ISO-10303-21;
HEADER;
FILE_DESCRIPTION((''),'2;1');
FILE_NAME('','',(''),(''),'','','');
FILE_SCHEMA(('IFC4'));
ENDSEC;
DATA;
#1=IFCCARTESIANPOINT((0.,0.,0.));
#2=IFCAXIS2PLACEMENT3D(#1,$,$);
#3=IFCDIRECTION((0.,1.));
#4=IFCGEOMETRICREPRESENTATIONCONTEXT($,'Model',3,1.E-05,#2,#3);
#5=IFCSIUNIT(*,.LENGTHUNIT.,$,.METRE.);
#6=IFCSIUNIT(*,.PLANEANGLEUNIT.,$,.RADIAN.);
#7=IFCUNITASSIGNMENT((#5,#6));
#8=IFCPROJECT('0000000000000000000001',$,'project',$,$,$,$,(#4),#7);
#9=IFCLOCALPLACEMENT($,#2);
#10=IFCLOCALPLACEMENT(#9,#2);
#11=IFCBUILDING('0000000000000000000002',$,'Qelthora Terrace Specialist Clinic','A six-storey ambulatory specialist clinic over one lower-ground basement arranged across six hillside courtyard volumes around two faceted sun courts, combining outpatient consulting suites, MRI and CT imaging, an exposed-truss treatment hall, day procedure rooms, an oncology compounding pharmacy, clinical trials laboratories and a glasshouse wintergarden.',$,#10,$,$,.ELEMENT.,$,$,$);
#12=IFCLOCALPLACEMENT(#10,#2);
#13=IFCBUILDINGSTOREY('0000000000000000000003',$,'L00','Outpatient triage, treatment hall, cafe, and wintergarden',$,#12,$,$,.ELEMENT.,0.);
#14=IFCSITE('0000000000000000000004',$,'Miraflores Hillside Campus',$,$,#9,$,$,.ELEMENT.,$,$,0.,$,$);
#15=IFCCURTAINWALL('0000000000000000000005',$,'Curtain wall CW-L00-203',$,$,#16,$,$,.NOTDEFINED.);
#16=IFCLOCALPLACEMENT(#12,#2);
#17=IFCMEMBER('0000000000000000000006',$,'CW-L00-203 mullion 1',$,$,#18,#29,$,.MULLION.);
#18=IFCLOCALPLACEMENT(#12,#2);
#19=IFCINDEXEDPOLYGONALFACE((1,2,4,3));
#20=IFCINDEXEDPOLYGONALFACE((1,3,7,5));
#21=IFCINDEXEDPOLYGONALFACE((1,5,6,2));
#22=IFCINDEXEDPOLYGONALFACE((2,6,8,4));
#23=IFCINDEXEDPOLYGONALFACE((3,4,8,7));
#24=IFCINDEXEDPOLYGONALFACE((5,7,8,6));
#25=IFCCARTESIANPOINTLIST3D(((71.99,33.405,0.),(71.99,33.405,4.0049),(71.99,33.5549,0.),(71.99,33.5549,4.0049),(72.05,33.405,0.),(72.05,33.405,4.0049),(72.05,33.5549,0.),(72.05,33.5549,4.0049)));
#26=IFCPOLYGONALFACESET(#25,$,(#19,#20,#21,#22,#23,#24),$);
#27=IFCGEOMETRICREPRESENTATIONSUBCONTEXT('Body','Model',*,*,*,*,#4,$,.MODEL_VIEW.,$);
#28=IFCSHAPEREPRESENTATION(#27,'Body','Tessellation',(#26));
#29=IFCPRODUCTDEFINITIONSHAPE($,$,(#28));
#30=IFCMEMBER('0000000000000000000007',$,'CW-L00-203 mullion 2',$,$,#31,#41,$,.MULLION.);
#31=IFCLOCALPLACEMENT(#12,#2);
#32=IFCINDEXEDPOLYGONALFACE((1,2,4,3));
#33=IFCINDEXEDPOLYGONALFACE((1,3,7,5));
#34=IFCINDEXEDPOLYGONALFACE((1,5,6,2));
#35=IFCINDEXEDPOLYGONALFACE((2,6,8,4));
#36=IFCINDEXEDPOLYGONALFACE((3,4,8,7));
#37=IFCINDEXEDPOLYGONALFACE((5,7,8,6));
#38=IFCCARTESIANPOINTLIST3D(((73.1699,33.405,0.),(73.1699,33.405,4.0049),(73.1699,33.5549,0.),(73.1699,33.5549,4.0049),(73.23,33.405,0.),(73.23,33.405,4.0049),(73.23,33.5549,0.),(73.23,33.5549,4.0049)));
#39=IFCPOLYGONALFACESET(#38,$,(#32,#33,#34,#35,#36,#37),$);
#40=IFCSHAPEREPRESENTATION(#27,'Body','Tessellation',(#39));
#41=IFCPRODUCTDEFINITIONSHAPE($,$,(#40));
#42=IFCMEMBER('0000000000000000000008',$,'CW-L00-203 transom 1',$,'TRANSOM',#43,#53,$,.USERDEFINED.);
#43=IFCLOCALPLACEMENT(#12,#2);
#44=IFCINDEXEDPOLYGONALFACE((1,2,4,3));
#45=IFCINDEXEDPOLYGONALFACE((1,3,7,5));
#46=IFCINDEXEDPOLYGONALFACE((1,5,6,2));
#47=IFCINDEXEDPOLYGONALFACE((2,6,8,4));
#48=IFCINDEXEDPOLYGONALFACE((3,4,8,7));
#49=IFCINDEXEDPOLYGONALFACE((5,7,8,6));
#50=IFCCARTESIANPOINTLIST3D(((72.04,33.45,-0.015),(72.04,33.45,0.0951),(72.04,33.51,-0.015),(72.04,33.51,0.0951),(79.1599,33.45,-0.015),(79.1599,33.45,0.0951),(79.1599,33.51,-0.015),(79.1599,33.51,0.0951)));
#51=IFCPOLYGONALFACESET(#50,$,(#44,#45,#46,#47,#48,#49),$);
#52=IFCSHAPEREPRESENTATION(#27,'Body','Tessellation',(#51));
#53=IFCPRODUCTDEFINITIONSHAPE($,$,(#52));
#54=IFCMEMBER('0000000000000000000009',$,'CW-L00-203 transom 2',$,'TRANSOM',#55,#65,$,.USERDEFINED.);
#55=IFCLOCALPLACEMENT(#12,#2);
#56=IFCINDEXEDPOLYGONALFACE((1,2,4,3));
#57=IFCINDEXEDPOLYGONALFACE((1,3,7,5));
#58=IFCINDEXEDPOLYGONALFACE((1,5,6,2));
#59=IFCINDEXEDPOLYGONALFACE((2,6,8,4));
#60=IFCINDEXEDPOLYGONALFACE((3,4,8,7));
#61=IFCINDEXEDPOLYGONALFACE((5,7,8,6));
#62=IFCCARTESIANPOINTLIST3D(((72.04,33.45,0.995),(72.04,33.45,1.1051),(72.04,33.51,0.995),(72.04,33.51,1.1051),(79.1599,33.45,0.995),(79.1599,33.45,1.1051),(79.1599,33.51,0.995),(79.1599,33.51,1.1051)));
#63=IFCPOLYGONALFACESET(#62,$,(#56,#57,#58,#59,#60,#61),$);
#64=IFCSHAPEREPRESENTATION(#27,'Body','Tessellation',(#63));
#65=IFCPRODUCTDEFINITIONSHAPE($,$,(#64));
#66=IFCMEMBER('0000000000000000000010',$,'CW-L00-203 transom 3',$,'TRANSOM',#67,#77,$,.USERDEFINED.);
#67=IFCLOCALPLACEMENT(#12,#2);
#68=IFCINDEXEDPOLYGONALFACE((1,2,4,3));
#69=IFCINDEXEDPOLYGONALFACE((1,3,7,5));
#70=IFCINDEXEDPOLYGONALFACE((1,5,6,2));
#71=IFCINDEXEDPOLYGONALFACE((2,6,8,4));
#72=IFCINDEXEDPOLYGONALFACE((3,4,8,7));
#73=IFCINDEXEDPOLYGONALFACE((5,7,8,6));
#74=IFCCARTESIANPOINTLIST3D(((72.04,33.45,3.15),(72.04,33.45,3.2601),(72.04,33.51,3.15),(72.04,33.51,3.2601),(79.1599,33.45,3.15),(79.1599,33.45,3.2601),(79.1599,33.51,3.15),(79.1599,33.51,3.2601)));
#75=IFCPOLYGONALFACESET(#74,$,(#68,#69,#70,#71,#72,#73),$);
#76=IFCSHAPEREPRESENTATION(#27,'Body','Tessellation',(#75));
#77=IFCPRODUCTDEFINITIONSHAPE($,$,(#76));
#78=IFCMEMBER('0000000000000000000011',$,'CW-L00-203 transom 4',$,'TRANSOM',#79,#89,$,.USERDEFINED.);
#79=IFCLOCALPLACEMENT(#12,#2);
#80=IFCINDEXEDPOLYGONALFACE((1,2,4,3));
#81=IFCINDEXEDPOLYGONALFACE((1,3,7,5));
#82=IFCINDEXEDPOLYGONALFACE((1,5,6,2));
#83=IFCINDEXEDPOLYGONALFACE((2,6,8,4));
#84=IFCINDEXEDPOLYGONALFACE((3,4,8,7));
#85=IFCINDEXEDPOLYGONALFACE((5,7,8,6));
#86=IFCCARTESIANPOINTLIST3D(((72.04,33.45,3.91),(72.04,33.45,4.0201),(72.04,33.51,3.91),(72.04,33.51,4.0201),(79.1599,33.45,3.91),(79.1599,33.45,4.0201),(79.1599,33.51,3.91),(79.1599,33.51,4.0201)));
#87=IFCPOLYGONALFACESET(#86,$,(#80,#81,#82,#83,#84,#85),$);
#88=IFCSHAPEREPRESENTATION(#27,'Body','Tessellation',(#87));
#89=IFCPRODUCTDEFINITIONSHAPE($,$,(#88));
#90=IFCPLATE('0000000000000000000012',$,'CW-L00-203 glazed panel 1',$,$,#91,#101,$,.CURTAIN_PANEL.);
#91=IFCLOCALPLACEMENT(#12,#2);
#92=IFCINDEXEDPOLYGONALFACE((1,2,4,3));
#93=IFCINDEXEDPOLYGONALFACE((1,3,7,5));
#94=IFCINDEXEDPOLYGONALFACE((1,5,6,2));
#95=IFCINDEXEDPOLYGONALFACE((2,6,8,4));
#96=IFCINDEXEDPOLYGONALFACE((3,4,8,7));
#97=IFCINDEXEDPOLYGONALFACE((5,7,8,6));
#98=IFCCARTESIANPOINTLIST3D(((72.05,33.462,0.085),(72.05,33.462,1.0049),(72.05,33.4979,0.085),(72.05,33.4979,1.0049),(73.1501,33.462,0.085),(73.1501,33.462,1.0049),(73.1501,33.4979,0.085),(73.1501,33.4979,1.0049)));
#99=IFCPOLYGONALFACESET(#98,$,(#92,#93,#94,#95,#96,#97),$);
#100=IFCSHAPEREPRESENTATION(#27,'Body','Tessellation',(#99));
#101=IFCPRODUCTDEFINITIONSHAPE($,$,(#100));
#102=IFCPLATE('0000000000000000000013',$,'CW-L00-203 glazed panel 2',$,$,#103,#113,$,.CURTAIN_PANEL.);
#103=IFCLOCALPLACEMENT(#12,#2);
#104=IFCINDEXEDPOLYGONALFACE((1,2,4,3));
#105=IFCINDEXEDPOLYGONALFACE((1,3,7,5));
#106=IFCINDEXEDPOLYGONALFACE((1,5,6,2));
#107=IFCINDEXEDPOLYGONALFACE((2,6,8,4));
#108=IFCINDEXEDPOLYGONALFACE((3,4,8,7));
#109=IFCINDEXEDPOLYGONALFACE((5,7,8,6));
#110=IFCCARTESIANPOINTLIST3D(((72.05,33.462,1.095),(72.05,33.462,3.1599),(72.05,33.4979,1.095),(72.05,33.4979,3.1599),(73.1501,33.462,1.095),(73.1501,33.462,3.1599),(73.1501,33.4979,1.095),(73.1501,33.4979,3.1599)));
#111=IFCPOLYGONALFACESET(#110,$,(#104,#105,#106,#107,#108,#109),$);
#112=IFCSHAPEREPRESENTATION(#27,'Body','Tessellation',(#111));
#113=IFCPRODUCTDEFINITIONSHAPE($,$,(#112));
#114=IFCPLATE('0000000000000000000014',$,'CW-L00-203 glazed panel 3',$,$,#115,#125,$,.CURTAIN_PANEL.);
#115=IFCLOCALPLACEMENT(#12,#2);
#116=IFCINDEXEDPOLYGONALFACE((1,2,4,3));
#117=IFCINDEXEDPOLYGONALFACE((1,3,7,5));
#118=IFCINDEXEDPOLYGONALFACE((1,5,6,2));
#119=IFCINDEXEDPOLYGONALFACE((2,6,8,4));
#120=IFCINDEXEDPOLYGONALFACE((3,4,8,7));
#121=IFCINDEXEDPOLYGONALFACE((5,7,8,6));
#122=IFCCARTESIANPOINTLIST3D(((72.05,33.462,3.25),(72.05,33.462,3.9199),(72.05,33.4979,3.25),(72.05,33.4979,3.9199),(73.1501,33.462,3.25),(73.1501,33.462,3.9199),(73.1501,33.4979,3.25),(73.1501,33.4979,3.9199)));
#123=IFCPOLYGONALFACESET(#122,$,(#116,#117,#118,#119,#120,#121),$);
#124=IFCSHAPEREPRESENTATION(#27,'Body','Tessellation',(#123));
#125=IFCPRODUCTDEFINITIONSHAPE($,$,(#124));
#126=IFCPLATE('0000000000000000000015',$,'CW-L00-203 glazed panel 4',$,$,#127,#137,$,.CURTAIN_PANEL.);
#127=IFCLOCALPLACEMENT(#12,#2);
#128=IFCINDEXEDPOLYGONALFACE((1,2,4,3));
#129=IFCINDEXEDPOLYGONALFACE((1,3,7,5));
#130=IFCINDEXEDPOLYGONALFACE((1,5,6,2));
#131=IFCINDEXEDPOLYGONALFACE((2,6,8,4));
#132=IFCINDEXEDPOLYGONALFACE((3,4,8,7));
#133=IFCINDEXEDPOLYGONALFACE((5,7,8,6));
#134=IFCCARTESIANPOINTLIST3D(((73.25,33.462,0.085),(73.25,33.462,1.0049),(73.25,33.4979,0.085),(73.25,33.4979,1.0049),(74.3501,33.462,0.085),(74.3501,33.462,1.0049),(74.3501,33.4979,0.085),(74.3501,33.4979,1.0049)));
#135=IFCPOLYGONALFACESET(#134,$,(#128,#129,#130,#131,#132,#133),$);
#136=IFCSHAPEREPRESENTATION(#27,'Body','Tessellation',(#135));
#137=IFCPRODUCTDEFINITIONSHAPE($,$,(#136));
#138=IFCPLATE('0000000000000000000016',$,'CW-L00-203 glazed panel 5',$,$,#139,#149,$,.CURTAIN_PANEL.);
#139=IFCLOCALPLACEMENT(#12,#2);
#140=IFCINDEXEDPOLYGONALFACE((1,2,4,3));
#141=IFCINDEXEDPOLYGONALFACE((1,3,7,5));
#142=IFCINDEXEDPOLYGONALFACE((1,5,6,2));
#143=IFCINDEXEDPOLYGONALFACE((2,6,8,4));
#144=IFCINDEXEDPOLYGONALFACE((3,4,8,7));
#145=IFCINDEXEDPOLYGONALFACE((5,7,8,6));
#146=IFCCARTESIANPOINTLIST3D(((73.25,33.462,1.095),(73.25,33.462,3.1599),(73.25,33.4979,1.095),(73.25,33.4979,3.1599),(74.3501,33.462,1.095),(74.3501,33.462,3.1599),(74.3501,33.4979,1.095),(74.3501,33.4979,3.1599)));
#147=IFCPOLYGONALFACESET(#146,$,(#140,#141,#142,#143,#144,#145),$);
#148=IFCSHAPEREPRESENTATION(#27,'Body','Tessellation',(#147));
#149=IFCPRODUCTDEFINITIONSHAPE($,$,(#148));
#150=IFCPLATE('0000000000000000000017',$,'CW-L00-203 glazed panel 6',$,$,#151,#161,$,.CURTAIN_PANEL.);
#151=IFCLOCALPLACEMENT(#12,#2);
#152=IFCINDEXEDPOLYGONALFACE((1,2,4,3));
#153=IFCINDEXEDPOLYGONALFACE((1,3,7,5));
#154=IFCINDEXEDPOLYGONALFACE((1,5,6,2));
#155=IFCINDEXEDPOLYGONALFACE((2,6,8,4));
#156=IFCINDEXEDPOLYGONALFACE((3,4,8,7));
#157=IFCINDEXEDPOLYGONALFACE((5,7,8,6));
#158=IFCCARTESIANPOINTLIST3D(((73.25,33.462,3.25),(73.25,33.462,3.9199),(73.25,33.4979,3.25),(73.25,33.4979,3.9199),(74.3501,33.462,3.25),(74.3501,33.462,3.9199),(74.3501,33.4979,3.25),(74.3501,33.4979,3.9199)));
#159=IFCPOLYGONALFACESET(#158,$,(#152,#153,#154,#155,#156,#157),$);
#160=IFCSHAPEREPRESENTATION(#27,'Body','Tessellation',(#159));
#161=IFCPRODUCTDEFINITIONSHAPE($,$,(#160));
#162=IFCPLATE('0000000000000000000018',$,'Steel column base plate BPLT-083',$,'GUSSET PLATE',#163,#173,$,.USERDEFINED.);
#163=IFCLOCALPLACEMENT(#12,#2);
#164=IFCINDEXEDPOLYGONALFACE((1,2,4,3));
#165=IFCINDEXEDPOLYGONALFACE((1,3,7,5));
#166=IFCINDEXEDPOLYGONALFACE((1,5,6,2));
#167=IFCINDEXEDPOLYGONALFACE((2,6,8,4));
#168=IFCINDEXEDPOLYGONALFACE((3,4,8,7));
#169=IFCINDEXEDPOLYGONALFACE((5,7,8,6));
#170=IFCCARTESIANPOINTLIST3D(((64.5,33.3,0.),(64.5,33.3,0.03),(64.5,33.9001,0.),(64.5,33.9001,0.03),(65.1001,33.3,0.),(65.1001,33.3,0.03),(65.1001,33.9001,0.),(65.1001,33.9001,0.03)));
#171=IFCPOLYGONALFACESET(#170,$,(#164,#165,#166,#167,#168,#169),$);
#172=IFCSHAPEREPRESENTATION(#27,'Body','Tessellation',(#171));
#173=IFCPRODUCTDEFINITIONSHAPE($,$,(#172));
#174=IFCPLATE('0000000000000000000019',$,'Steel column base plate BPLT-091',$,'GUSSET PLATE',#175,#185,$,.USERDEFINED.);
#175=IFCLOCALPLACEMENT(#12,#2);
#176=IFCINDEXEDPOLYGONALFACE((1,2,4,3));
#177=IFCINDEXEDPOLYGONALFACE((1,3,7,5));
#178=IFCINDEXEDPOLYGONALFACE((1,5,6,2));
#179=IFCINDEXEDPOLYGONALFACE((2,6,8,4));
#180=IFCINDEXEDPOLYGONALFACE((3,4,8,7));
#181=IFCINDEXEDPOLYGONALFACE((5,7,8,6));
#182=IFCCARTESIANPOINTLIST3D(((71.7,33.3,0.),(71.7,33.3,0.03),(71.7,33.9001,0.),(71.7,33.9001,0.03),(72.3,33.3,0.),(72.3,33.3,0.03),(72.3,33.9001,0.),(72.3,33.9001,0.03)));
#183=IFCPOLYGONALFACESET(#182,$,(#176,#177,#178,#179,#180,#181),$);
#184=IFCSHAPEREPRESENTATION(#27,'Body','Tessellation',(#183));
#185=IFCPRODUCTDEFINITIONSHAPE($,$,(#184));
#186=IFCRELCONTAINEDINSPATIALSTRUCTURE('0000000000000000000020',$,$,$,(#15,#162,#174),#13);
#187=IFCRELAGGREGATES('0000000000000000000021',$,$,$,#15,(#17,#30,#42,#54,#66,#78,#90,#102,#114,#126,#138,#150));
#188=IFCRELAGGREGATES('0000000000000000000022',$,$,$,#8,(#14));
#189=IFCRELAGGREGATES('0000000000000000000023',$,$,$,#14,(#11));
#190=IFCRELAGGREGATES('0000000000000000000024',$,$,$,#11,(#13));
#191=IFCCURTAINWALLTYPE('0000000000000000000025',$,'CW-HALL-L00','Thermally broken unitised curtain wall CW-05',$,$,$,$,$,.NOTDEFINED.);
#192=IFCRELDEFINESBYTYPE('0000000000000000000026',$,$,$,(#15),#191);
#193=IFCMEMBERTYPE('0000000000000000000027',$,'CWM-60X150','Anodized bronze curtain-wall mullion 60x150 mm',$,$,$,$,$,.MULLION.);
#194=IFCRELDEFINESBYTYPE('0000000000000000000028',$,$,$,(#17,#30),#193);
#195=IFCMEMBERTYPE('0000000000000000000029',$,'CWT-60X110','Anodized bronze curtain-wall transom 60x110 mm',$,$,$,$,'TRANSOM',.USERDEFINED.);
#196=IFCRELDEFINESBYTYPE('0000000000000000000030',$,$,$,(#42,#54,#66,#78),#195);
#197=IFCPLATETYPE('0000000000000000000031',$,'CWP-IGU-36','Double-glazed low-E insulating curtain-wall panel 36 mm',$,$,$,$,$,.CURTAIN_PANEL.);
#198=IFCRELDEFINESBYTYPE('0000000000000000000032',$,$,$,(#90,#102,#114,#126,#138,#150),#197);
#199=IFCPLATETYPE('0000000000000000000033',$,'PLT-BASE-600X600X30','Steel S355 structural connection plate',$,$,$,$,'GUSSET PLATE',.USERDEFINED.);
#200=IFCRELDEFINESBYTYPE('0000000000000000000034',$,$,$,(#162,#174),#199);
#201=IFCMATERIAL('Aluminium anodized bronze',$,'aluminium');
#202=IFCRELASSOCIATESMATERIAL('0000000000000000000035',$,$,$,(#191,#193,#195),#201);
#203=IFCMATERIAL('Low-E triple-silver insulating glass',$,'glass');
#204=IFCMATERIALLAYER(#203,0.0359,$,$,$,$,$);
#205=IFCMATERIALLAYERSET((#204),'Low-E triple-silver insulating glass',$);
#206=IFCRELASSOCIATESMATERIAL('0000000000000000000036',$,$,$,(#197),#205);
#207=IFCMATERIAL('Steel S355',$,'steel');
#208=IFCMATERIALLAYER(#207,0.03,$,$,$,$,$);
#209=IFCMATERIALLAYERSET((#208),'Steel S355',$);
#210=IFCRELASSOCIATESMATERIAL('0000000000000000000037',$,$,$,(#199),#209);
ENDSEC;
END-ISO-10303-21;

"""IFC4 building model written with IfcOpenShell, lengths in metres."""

from ifc_helpers import new_model, si_unit, direction, frame, origin, origin_2d, place, context, subcontext, project, spatial, rectangle, extrude, material, layer, layer_set, material_profile, profile_set, type_object, element, aggregate, save


model = new_model("IFC4")

# Units and contexts
model_context = context("Model", 3, precision=1e-05, world=origin(), true_north=direction((0.0, 1.0)))
body_context = subcontext(model_context, "Body", "Model", "MODEL_VIEW")
ifc_project = project(units=[si_unit("LENGTHUNIT", "METRE"), si_unit("PLANEANGLEUNIT", "RADIAN")], contexts=[model_context])

# Site, building, storey
site_placement = place(None, origin())
site = spatial("IfcSite", under=ifc_project, at=site_placement, Name="Miraflores Hillside Campus", CompositionType="ELEMENT", RefElevation=0.0)
building_placement = place(site_placement, origin())
building = spatial("IfcBuilding", under=site, at=building_placement, Name="Qelthora Terrace Specialist Clinic", Description="A six-storey ambulatory specialist clinic over one lower-ground basement arranged across six hillside courtyard volumes around two faceted sun courts, combining outpatient consulting suites, MRI and CT imaging, an exposed-truss treatment hall, day procedure rooms, an oncology compounding pharmacy, clinical trials laboratories and a glasshouse wintergarden.", CompositionType="ELEMENT")
storey_placement = place(building_placement, origin())
storey = spatial("IfcBuildingStorey", under=building, at=storey_placement, Name="L00", Description="Outpatient triage, treatment hall, cafe, and wintergarden", CompositionType="ELEMENT", Elevation=0.0)

# Shared definitions
ifc_material_1 = material(Name="Steel S355", Category="steel")

# Shared definitions
ifc_material_2 = material(Name="Aluminium anodized bronze", Category="aluminium")
curtain_wall_type = type_object("IfcCurtainWallType", Name="CW-HALL-L00", Description="Thermally broken unitised curtain wall CW-05", PredefinedType="NOTDEFINED", material=ifc_material_2)
ifc_material_profile_1 = material_profile(ifc_material_2, rectangle(XDim=0.0601, YDim=0.1499, at=origin_2d()), Name="CWM60X150")
ifc_profile_set_1 = profile_set([ifc_material_profile_1], Name="Aluminium anodized bronze")
member_type_1 = type_object("IfcMemberType", Name="CWM-60X150", Description="Anodized bronze curtain-wall mullion 60x150 mm", PredefinedType="MULLION", material=ifc_profile_set_1)

# Curtain wall, members, plates
curtain_wall_1_placement = place(storey_placement, origin())
curtain_wall_1 = element("IfcCurtainWall", 1, at=curtain_wall_1_placement, inside=storey, type_object=curtain_wall_type, Name="Curtain wall CW-L00-203", PredefinedType="NOTDEFINED")
member_1_placement = place(storey_placement, frame((72.02, 33.48, 0.0), z_axis=(0.0, 0.0, 1.0), x_axis=(1.0, 0.0, 0.0)))
member_1 = element("IfcMember", 2, at=member_1_placement, type_object=member_type_1, Name="CW-L00-203 mullion 1", PredefinedType="MULLION", context=body_context, shape_type="SweptSolid", body=[
    extrude(rectangle(XDim=0.0601, YDim=0.1499, at=origin_2d()), origin(), (0.0, 0.0, 1.0), 4.0049),
])
member_2_placement = place(storey_placement, frame((73.2, 33.48, 0.0), z_axis=(0.0, 0.0, 1.0), x_axis=(1.0, 0.0, 0.0)))
member_2 = element("IfcMember", 3, at=member_2_placement, type_object=member_type_1, Name="CW-L00-203 mullion 2", PredefinedType="MULLION", context=body_context, shape_type="SweptSolid", body=[
    extrude(rectangle(XDim=0.0601, YDim=0.1499, at=origin_2d()), origin(), (0.0, 0.0, 1.0), 4.0049),
])
ifc_material_profile_2 = material_profile(ifc_material_2, rectangle(XDim=0.0601, YDim=0.1101, at=origin_2d()), Name="CWT60X110")
ifc_profile_set_2 = profile_set([ifc_material_profile_2], Name="Aluminium anodized bronze")
member_type_2 = type_object("IfcMemberType", Name="CWT-60X110", Description="Anodized bronze curtain-wall transom 60x110 mm", ElementType="TRANSOM", PredefinedType="USERDEFINED", material=ifc_profile_set_2)
member_3_placement = place(storey_placement, frame((72.04, 33.48, 0.04), z_axis=(1.0, 0.0, 0.0), x_axis=(0.0, 1.0, 0.0)))
member_3 = element("IfcMember", 4, at=member_3_placement, type_object=member_type_2, Name="CW-L00-203 transom 1", ObjectType="TRANSOM", PredefinedType="USERDEFINED", context=body_context, shape_type="SweptSolid", body=[
    extrude(rectangle(XDim=0.0601, YDim=0.1101, at=origin_2d()), origin(), (0.0, 0.0, 1.0), 7.1199),
])
member_4_placement = place(storey_placement, frame((72.04, 33.48, 1.05), z_axis=(1.0, 0.0, 0.0), x_axis=(0.0, 1.0, 0.0)))
member_4 = element("IfcMember", 5, at=member_4_placement, type_object=member_type_2, Name="CW-L00-203 transom 2", ObjectType="TRANSOM", PredefinedType="USERDEFINED", context=body_context, shape_type="SweptSolid", body=[
    extrude(rectangle(XDim=0.0601, YDim=0.1101, at=origin_2d()), origin(), (0.0, 0.0, 1.0), 7.1199),
])
member_5_placement = place(storey_placement, frame((72.04, 33.48, 3.2051), z_axis=(1.0, 0.0, 0.0), x_axis=(0.0, 1.0, 0.0)))
member_5 = element("IfcMember", 6, at=member_5_placement, type_object=member_type_2, Name="CW-L00-203 transom 3", ObjectType="TRANSOM", PredefinedType="USERDEFINED", context=body_context, shape_type="SweptSolid", body=[
    extrude(rectangle(XDim=0.0601, YDim=0.1101, at=origin_2d()), origin(), (0.0, 0.0, 1.0), 7.1199),
])
member_6_placement = place(storey_placement, frame((72.04, 33.48, 3.9651), z_axis=(1.0, 0.0, 0.0), x_axis=(0.0, 1.0, 0.0)))
member_6 = element("IfcMember", 7, at=member_6_placement, type_object=member_type_2, Name="CW-L00-203 transom 4", ObjectType="TRANSOM", PredefinedType="USERDEFINED", context=body_context, shape_type="SweptSolid", body=[
    extrude(rectangle(XDim=0.0601, YDim=0.1101, at=origin_2d()), origin(), (0.0, 0.0, 1.0), 7.1199),
])
ifc_material_3 = material(Name="Low-E triple-silver insulating glass", Category="glass")
ifc_layer_1 = layer(ifc_material_3, 0.0359)
ifc_layer_set_1 = layer_set([ifc_layer_1], Name="Low-E triple-silver insulating glass")
plate_type_1 = type_object("IfcPlateType", Name="CWP-IGU-36", Description="Double-glazed low-E insulating curtain-wall panel 36 mm", PredefinedType="CURTAIN_PANEL", material=ifc_layer_set_1)
plate_1_placement = place(storey_placement, frame((72.6001, 33.48, 0.085), z_axis=(0.0, 0.0, 1.0), x_axis=(1.0, 0.0, 0.0)))
plate_1 = element("IfcPlate", 8, at=plate_1_placement, type_object=plate_type_1, Name="CW-L00-203 glazed panel 1", PredefinedType="CURTAIN_PANEL", context=body_context, shape_type="SweptSolid", body=[
    extrude(rectangle(XDim=1.1001, YDim=0.0359, at=origin_2d()), origin(), (0.0, 0.0, 1.0), 0.9199),
])
plate_2_placement = place(storey_placement, frame((72.6001, 33.48, 1.095), z_axis=(0.0, 0.0, 1.0), x_axis=(1.0, 0.0, 0.0)))
plate_2 = element("IfcPlate", 9, at=plate_2_placement, type_object=plate_type_1, Name="CW-L00-203 glazed panel 2", PredefinedType="CURTAIN_PANEL", context=body_context, shape_type="SweptSolid", body=[
    extrude(rectangle(XDim=1.1001, YDim=0.0359, at=origin_2d()), origin(), (0.0, 0.0, 1.0), 2.0649),
])
plate_3_placement = place(storey_placement, frame((72.6001, 33.48, 3.25), z_axis=(0.0, 0.0, 1.0), x_axis=(1.0, 0.0, 0.0)))
plate_3 = element("IfcPlate", 10, at=plate_3_placement, type_object=plate_type_1, Name="CW-L00-203 glazed panel 3", PredefinedType="CURTAIN_PANEL", context=body_context, shape_type="SweptSolid", body=[
    extrude(rectangle(XDim=1.1001, YDim=0.0359, at=origin_2d()), origin(), (0.0, 0.0, 1.0), 0.6699),
])
plate_4_placement = place(storey_placement, frame((73.8, 33.48, 0.085), z_axis=(0.0, 0.0, 1.0), x_axis=(1.0, 0.0, 0.0)))
plate_4 = element("IfcPlate", 11, at=plate_4_placement, type_object=plate_type_1, Name="CW-L00-203 glazed panel 4", PredefinedType="CURTAIN_PANEL", context=body_context, shape_type="SweptSolid", body=[
    extrude(rectangle(XDim=1.1001, YDim=0.0359, at=origin_2d()), origin(), (0.0, 0.0, 1.0), 0.9199),
])
plate_5_placement = place(storey_placement, frame((73.8, 33.48, 1.095), z_axis=(0.0, 0.0, 1.0), x_axis=(1.0, 0.0, 0.0)))
plate_5 = element("IfcPlate", 12, at=plate_5_placement, type_object=plate_type_1, Name="CW-L00-203 glazed panel 5", PredefinedType="CURTAIN_PANEL", context=body_context, shape_type="SweptSolid", body=[
    extrude(rectangle(XDim=1.1001, YDim=0.0359, at=origin_2d()), origin(), (0.0, 0.0, 1.0), 2.0649),
])
plate_6_placement = place(storey_placement, frame((73.8, 33.48, 3.25), z_axis=(0.0, 0.0, 1.0), x_axis=(1.0, 0.0, 0.0)))
plate_6 = element("IfcPlate", 13, at=plate_6_placement, type_object=plate_type_1, Name="CW-L00-203 glazed panel 6", PredefinedType="CURTAIN_PANEL", context=body_context, shape_type="SweptSolid", body=[
    extrude(rectangle(XDim=1.1001, YDim=0.0359, at=origin_2d()), origin(), (0.0, 0.0, 1.0), 0.6699),
])
aggregate(curtain_wall_1, [member_1, member_2, member_3, member_4, member_5, member_6, plate_1, plate_2, plate_3, plate_4, plate_5, plate_6])

# Plates
ifc_layer_2 = layer(ifc_material_1, 0.03)
ifc_layer_set_2 = layer_set([ifc_layer_2], Name="Steel S355")
plate_type_2 = type_object("IfcPlateType", Name="PLT-BASE-600X600X30", Description="Steel S355 structural connection plate", ElementType="GUSSET PLATE", PredefinedType="USERDEFINED", material=ifc_layer_set_2)
for number, where, z_axis, x_axis, name in (
    (14, (64.8, 33.6001, 0.0), (0.0, 0.0, 1.0), (1.0, 0.0, 0.0), "Steel column base plate BPLT-083"),
    (15, (72.0, 33.6001, 0.0), (0.0, 0.0, 1.0), (1.0, 0.0, 0.0), "Steel column base plate BPLT-091"),
):
    element("IfcPlate", number, at=place(storey_placement, frame(where, z_axis=z_axis, x_axis=x_axis)), inside=storey, type_object=plate_type_2, Name=name, ObjectType="GUSSET PLATE", PredefinedType="USERDEFINED", context=body_context, shape_type="SweptSolid", body=[
        extrude(rectangle(XDim=0.6001, YDim=0.6001, at=origin_2d()), origin(), (0.0, 0.0, 1.0), 0.03),
    ])

save(model, "model.ifc")
